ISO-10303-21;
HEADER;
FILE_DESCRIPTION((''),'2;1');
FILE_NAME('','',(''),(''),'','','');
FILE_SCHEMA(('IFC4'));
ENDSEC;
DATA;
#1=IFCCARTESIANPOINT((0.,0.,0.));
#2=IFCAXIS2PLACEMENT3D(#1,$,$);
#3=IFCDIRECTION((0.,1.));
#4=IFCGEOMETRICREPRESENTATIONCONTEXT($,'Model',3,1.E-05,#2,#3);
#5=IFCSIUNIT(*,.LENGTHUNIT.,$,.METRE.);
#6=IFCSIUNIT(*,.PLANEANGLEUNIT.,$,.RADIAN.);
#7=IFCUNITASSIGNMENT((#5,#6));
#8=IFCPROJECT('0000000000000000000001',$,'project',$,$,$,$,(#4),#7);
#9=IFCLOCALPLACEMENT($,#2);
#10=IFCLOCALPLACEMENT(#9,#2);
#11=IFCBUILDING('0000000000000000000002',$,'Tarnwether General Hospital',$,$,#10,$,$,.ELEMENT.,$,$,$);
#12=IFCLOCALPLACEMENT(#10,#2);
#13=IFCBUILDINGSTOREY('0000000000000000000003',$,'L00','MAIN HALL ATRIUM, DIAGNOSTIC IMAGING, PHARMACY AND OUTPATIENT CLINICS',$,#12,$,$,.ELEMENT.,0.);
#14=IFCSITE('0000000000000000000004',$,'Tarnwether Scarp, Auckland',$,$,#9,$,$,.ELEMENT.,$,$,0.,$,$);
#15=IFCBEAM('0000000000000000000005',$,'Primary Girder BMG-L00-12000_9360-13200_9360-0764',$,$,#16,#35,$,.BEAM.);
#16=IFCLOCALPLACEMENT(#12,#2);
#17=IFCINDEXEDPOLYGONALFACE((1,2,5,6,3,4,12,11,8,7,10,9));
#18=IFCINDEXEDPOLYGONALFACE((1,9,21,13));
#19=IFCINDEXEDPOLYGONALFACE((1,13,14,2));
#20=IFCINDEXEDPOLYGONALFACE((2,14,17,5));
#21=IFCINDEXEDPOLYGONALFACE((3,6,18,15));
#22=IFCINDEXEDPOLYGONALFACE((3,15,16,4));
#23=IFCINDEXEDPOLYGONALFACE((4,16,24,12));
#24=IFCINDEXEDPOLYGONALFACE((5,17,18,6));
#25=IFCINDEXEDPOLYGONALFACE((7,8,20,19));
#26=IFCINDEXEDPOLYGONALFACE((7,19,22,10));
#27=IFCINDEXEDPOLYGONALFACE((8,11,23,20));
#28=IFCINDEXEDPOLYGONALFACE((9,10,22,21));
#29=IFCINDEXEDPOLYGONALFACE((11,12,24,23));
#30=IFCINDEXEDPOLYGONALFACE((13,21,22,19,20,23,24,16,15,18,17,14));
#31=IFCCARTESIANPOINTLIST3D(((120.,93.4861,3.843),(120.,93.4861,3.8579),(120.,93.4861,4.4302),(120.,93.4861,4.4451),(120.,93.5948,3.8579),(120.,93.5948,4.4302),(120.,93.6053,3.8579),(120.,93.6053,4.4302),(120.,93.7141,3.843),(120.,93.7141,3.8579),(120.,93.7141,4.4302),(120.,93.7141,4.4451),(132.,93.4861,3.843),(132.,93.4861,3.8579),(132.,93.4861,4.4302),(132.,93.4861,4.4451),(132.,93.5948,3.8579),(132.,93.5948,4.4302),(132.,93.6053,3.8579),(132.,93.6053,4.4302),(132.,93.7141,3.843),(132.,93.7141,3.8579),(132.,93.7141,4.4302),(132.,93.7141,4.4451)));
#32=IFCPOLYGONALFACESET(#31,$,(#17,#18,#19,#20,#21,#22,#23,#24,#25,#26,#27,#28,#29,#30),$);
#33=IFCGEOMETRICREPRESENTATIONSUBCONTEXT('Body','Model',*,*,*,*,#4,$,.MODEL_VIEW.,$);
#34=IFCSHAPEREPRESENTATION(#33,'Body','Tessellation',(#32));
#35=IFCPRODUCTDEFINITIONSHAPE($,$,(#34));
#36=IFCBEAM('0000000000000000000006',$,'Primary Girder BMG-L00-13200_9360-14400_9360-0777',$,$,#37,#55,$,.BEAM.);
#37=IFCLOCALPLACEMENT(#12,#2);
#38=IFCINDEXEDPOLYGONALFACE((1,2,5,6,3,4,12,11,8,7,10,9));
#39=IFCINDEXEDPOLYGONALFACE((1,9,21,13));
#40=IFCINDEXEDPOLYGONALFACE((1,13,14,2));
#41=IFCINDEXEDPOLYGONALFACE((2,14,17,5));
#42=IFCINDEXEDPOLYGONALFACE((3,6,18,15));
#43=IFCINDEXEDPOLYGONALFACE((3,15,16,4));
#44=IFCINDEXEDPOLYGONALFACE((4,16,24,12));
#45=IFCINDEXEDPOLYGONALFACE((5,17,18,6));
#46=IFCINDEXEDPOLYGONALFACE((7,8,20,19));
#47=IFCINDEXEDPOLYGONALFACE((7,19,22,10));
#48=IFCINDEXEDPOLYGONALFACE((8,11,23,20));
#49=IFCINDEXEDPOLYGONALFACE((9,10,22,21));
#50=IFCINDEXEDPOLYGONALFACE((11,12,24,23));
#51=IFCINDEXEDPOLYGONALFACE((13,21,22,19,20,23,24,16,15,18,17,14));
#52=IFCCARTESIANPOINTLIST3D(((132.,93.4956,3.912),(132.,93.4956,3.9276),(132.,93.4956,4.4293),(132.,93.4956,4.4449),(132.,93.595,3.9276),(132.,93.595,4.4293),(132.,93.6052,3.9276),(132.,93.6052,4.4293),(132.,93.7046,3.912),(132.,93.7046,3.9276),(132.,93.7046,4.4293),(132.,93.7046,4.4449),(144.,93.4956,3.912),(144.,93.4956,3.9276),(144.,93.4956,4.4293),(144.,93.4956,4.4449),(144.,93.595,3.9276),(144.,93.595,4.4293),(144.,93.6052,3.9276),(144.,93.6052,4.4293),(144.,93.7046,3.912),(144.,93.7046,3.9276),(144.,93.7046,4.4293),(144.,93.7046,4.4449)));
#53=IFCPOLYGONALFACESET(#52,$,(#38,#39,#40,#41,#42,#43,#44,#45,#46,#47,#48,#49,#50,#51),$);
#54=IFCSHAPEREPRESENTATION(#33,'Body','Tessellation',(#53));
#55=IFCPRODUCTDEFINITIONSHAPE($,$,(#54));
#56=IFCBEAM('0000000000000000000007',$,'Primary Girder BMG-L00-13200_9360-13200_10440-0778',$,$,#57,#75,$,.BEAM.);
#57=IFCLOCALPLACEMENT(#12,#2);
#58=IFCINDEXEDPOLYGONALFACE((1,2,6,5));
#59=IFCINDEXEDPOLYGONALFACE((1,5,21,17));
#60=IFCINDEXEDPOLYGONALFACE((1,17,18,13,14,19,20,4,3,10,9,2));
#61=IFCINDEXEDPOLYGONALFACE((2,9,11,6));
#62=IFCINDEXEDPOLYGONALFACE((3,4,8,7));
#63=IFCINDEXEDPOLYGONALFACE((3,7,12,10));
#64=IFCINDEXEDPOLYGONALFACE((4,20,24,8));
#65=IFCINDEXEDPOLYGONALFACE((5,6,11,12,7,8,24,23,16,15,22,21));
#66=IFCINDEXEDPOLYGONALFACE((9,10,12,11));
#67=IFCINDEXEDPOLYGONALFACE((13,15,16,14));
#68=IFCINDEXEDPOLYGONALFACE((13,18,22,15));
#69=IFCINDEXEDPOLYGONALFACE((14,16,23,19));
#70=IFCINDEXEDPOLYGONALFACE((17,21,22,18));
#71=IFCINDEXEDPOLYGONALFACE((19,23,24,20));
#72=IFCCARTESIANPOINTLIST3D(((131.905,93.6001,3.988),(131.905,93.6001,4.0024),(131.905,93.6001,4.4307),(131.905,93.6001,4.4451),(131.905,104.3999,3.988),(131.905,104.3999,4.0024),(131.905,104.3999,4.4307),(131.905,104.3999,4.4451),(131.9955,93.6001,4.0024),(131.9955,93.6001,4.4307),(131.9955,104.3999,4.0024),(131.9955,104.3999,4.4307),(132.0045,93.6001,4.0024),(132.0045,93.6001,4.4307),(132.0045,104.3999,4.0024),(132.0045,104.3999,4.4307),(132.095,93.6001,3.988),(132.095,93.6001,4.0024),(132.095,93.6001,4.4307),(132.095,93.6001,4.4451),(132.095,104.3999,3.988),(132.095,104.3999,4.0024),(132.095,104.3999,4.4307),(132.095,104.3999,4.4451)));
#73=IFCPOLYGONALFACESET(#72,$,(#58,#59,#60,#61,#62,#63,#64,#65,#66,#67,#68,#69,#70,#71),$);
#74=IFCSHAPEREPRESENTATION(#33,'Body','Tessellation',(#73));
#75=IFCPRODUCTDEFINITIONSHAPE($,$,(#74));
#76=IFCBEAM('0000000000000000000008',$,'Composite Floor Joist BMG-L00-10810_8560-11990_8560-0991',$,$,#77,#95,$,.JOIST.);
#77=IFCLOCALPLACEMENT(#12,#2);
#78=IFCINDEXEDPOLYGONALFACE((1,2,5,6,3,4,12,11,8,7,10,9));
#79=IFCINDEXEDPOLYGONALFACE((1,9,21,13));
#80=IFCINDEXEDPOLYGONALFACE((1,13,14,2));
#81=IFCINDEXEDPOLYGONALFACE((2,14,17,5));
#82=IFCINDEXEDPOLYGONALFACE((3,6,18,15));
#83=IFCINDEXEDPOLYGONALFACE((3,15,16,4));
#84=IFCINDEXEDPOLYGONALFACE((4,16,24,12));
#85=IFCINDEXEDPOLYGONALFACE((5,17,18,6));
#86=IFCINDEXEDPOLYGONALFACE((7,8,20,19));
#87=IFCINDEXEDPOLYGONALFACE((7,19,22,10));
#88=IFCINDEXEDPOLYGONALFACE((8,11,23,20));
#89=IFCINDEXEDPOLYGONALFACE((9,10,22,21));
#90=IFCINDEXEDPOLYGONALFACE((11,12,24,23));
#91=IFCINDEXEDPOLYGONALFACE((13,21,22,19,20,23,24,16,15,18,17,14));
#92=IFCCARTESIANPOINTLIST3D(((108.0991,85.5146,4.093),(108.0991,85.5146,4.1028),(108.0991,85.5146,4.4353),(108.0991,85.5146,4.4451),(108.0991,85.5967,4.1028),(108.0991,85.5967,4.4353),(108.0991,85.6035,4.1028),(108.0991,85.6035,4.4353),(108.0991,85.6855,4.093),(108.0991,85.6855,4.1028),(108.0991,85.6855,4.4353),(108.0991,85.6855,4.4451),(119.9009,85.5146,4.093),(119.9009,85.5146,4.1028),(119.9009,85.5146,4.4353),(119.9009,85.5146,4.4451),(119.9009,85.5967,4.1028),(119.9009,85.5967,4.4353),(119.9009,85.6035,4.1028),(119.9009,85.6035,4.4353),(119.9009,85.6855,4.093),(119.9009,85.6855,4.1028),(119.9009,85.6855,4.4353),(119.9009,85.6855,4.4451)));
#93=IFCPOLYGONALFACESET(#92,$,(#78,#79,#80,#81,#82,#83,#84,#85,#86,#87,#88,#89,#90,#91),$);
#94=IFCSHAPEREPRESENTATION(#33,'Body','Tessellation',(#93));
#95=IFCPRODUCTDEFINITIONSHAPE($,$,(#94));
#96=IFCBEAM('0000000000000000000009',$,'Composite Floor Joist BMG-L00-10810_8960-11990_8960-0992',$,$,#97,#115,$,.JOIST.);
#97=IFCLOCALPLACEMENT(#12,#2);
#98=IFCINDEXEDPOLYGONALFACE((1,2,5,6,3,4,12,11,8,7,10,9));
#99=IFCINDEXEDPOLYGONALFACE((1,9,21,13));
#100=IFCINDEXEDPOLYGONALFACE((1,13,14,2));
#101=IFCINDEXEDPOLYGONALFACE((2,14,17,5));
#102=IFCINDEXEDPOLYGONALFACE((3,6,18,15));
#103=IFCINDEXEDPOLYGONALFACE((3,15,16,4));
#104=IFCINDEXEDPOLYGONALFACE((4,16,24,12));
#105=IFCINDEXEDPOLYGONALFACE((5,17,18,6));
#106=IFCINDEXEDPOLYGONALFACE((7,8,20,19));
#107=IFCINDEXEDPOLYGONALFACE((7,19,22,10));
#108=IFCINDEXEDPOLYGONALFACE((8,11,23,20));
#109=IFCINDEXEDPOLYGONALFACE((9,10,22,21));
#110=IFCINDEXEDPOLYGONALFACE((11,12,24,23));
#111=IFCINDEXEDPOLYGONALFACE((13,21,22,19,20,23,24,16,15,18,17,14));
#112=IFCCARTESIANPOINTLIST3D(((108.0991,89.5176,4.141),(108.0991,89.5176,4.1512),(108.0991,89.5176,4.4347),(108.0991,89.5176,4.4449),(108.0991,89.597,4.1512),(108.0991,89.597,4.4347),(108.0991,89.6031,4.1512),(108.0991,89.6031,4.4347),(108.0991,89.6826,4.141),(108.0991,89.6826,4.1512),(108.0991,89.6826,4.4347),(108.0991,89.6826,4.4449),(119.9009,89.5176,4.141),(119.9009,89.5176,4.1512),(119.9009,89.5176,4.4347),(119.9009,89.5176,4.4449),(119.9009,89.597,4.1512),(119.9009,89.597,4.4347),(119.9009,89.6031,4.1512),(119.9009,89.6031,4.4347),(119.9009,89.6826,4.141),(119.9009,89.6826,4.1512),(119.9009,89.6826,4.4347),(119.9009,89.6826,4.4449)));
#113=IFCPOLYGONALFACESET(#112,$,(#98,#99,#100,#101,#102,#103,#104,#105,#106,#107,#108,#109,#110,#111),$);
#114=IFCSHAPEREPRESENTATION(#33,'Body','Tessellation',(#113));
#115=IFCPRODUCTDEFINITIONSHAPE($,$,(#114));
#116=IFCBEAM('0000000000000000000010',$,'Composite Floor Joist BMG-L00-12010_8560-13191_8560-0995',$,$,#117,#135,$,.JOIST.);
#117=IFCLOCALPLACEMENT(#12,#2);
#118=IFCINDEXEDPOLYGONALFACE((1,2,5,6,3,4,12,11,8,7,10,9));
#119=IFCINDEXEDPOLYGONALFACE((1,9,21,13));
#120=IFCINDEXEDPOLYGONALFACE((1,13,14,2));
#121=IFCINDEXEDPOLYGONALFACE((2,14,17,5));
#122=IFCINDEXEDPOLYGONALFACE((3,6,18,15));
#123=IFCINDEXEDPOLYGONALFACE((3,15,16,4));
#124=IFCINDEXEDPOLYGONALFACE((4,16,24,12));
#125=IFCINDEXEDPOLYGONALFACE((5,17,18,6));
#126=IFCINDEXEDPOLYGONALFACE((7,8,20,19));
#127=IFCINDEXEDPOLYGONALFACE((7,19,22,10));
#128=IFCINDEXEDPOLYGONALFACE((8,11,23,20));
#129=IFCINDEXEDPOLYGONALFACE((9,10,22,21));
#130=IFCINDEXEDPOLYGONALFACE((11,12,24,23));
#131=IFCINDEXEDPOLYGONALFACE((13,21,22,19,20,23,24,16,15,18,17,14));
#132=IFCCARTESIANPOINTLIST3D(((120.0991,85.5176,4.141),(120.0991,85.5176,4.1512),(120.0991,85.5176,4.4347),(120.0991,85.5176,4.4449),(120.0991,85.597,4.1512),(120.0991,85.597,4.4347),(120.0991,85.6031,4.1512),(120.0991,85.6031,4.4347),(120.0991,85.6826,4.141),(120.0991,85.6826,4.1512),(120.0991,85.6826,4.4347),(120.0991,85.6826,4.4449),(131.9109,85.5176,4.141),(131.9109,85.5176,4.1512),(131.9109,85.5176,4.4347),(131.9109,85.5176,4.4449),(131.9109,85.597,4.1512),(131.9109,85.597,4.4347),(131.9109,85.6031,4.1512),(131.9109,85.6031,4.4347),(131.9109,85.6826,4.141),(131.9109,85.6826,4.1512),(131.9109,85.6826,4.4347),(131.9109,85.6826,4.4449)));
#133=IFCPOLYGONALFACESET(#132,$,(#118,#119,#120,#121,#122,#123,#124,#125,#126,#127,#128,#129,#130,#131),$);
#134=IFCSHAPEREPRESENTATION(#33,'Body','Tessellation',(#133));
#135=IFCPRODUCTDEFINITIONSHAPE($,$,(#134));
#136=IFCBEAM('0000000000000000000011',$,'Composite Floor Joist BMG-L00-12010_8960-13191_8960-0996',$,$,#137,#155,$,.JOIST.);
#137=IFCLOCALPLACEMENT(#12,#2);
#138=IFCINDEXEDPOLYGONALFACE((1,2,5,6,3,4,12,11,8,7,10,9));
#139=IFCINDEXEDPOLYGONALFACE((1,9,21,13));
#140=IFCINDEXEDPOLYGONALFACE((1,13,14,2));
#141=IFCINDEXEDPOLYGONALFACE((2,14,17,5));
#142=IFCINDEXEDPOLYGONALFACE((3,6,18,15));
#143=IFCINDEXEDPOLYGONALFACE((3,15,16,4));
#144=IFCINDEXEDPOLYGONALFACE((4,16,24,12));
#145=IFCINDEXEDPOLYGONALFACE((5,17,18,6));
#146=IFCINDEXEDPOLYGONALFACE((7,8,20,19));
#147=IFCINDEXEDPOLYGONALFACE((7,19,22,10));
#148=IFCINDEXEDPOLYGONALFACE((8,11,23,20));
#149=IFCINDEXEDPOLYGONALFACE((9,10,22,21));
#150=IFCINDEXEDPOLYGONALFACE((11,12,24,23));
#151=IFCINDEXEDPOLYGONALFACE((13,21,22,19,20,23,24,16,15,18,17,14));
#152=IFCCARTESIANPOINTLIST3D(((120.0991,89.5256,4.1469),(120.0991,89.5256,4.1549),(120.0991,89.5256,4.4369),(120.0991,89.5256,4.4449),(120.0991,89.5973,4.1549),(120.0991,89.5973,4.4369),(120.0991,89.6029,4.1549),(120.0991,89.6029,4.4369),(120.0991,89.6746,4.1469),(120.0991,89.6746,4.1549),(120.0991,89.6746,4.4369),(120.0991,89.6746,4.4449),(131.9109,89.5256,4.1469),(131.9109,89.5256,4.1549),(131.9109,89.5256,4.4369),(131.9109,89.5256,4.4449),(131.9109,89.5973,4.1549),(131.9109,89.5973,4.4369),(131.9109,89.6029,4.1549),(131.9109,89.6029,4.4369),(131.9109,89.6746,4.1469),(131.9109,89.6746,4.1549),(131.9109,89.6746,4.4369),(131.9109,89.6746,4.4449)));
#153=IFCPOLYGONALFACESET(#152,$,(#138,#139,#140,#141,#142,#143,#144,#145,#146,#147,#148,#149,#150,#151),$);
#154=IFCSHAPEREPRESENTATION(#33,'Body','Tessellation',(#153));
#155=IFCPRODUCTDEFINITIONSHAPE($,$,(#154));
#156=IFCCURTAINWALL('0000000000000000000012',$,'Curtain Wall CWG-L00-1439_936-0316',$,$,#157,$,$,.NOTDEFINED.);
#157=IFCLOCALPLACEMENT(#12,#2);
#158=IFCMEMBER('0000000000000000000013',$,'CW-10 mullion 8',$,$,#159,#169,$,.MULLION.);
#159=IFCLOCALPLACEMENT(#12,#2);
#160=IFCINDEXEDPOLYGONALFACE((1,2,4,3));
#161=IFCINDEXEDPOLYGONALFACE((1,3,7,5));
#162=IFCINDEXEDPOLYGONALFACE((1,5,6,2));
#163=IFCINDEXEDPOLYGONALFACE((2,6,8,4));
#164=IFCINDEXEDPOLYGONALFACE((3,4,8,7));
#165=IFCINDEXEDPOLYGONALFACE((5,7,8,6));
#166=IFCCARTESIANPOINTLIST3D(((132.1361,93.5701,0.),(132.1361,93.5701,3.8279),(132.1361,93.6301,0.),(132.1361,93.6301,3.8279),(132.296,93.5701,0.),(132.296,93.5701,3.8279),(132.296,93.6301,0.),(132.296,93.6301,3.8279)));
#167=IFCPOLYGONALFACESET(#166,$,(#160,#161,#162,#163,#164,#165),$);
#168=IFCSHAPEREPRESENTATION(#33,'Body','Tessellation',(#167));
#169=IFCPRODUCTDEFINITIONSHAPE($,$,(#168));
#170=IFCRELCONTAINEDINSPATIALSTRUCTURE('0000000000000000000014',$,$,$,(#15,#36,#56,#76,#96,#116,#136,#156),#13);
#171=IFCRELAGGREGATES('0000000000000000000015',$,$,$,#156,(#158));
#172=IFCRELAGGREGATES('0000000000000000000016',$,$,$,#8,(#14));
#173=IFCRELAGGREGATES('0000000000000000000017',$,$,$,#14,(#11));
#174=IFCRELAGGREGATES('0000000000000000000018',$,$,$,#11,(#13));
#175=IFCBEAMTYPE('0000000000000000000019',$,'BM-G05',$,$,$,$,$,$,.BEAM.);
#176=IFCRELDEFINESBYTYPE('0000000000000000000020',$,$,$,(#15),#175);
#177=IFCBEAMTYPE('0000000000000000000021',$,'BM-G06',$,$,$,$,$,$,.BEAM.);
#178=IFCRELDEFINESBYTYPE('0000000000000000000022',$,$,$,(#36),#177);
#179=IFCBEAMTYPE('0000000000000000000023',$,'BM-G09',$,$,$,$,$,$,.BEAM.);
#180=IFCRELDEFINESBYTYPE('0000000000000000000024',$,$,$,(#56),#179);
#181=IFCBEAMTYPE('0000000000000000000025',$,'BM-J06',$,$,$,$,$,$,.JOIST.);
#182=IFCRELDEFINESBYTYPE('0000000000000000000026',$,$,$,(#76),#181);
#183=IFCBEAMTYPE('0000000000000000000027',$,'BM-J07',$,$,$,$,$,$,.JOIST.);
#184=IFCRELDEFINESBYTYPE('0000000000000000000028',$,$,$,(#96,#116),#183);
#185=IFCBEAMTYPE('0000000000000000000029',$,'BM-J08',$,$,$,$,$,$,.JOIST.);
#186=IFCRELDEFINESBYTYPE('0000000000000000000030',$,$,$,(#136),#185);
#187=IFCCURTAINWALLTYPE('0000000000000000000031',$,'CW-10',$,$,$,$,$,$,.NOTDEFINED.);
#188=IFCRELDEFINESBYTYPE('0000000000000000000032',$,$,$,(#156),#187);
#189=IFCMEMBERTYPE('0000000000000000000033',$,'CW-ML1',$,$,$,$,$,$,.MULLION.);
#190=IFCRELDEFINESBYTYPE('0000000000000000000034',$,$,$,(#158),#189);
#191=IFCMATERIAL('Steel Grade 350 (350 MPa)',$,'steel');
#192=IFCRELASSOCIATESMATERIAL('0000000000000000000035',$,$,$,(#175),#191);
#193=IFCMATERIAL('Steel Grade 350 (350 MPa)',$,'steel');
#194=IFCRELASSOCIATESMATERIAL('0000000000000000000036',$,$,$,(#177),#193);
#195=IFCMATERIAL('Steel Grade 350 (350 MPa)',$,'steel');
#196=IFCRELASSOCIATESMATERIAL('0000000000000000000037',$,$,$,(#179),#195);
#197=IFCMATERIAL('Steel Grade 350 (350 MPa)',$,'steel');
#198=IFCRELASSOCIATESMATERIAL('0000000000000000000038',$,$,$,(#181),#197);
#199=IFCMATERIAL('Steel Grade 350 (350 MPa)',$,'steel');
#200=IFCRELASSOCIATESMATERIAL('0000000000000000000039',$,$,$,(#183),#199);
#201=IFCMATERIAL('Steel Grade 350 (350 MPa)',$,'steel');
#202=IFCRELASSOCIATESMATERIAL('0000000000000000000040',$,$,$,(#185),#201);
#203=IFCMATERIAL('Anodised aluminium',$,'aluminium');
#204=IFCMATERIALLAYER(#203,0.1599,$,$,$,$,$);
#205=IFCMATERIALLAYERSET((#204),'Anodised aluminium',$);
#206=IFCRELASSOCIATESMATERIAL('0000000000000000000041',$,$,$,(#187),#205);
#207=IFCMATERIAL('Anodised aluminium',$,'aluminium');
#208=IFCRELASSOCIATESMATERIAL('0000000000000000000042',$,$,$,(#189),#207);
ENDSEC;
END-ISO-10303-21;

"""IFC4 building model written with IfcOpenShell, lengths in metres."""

from ifc_helpers import new_model, si_unit, direction, frame, origin, origin_2d, place, context, subcontext, project, spatial, rectangle, i_section, extrude, material, layer, layer_set, material_profile, profile_set, type_object, element, aggregate, save


model = new_model("IFC4")

# Units and contexts
model_context = context("Model", 3, precision=1e-05, world=origin(), true_north=direction((0.0, 1.0)))
body_context = subcontext(model_context, "Body", "Model", "MODEL_VIEW")
ifc_project = project(units=[si_unit("LENGTHUNIT", "METRE"), si_unit("PLANEANGLEUNIT", "RADIAN")], contexts=[model_context])

# Site, building, storey
site_placement = place(None, origin())
site = spatial("IfcSite", under=ifc_project, at=site_placement, Name="Tarnwether Scarp, Auckland", CompositionType="ELEMENT", RefElevation=0.0)
building_placement = place(site_placement, origin())
building = spatial("IfcBuilding", under=site, at=building_placement, Name="Tarnwether General Hospital", CompositionType="ELEMENT")
storey_placement = place(building_placement, origin())
storey = spatial("IfcBuildingStorey", under=building, at=storey_placement, Name="L00", Description="MAIN HALL ATRIUM, DIAGNOSTIC IMAGING, PHARMACY AND OUTPATIENT CLINICS", CompositionType="ELEMENT", Elevation=0.0)

# Beams
ifc_material_1 = material(Name="Steel Grade 350 (350 MPa)", Category="steel")
ifc_material_profile_1 = material_profile(ifc_material_1, i_section(OverallWidth=0.228, OverallDepth=0.6021, WebThickness=0.0105, FlangeThickness=0.0149, at=origin_2d()), Name="610UB101")
ifc_profile_set_1 = profile_set([ifc_material_profile_1], Name="Steel Grade 350 (350 MPa)")
beam_type_1 = type_object("IfcBeamType", Name="BM-G05", PredefinedType="BEAM", material=ifc_profile_set_1)
beam_1_placement = place(storey_placement, frame((120.0, 93.6001, 4.144), z_axis=(1.0, 0.0, 0.0), x_axis=(0.0, 1.0, 0.0)))
element("IfcBeam", 1, at=beam_1_placement, inside=storey, type_object=beam_type_1, Name="Primary Girder BMG-L00-12000_9360-13200_9360-0764", PredefinedType="BEAM", context=body_context, shape_type="SweptSolid", body=[
    extrude(i_section(OverallWidth=0.228, OverallDepth=0.6021, WebThickness=0.0105, FlangeThickness=0.0149, at=origin_2d()), origin(), (0.0, 0.0, 1.0), 12.0),
])
ifc_material_2 = material(Name="Steel Grade 350 (350 MPa)", Category="steel")
ifc_material_profile_2 = material_profile(ifc_material_2, i_section(OverallWidth=0.209, OverallDepth=0.533, WebThickness=0.0103, FlangeThickness=0.0156, at=origin_2d()), Name="530UB92.4")
ifc_profile_set_2 = profile_set([ifc_material_profile_2], Name="Steel Grade 350 (350 MPa)")
beam_type_2 = type_object("IfcBeamType", Name="BM-G06", PredefinedType="BEAM", material=ifc_profile_set_2)
beam_2_placement = place(storey_placement, frame((132.0, 93.6001, 4.1785), z_axis=(1.0, 0.0, 0.0), x_axis=(0.0, 1.0, 0.0)))
element("IfcBeam", 2, at=beam_2_placement, inside=storey, type_object=beam_type_2, Name="Primary Girder BMG-L00-13200_9360-14400_9360-0777", PredefinedType="BEAM", context=body_context, shape_type="SweptSolid", body=[
    extrude(i_section(OverallWidth=0.209, OverallDepth=0.533, WebThickness=0.0103, FlangeThickness=0.0156, at=origin_2d()), origin(), (0.0, 0.0, 1.0), 12.0),
])
ifc_material_3 = material(Name="Steel Grade 350 (350 MPa)", Category="steel")
ifc_material_profile_3 = material_profile(ifc_material_3, i_section(OverallWidth=0.1899, OverallDepth=0.457, WebThickness=0.009, FlangeThickness=0.0144, at=origin_2d()), Name="460UB74.6")
ifc_profile_set_3 = profile_set([ifc_material_profile_3], Name="Steel Grade 350 (350 MPa)")
beam_type_3 = type_object("IfcBeamType", Name="BM-G09", PredefinedType="BEAM", material=ifc_profile_set_3)
beam_3_placement = place(storey_placement, frame((132.0, 93.6001, 4.2166), z_axis=(0.0, 1.0, 0.0), x_axis=(-1.0, 0.0, 0.0)))
element("IfcBeam", 3, at=beam_3_placement, inside=storey, type_object=beam_type_3, Name="Primary Girder BMG-L00-13200_9360-13200_10440-0778", PredefinedType="BEAM", context=body_context, shape_type="SweptSolid", body=[
    extrude(i_section(OverallWidth=0.1899, OverallDepth=0.457, WebThickness=0.009, FlangeThickness=0.0144, at=origin_2d()), origin(), (0.0, 0.0, 1.0), 10.7998),
])
ifc_material_4 = material(Name="Steel Grade 350 (350 MPa)", Category="steel")
ifc_material_profile_4 = material_profile(ifc_material_4, i_section(OverallWidth=0.1709, OverallDepth=0.3521, WebThickness=0.0068, FlangeThickness=0.0098, at=origin_2d()), Name="360UB44.7")
ifc_profile_set_4 = profile_set([ifc_material_profile_4], Name="Steel Grade 350 (350 MPa)")
beam_type_4 = type_object("IfcBeamType", Name="BM-J06", PredefinedType="JOIST", material=ifc_profile_set_4)
beam_4_placement = place(storey_placement, frame((108.0991, 85.6001, 4.269), z_axis=(1.0, 0.0, 0.0), x_axis=(0.0, 1.0, 0.0)))
element("IfcBeam", 4, at=beam_4_placement, inside=storey, type_object=beam_type_4, Name="Composite Floor Joist BMG-L00-10810_8560-11990_8560-0991", PredefinedType="JOIST", context=body_context, shape_type="SweptSolid", body=[
    extrude(i_section(OverallWidth=0.1709, OverallDepth=0.3521, WebThickness=0.0068, FlangeThickness=0.0098, at=origin_2d()), origin(), (0.0, 0.0, 1.0), 11.8018),
])
ifc_material_5 = material(Name="Steel Grade 350 (350 MPa)", Category="steel")
ifc_material_profile_5 = material_profile(ifc_material_5, i_section(OverallWidth=0.165, OverallDepth=0.304, WebThickness=0.0061, FlangeThickness=0.0103, at=origin_2d()), Name="310UB40.4")
ifc_profile_set_5 = profile_set([ifc_material_profile_5], Name="Steel Grade 350 (350 MPa)")
beam_type_5 = type_object("IfcBeamType", Name="BM-J07", PredefinedType="JOIST", material=ifc_profile_set_5)
beam_5_placement = place(storey_placement, frame((108.0991, 89.6001, 4.293), z_axis=(1.0, 0.0, 0.0), x_axis=(0.0, 1.0, 0.0)))
element("IfcBeam", 5, at=beam_5_placement, inside=storey, type_object=beam_type_5, Name="Composite Floor Joist BMG-L00-10810_8960-11990_8960-0992", PredefinedType="JOIST", context=body_context, shape_type="SweptSolid", body=[
    extrude(i_section(OverallWidth=0.165, OverallDepth=0.304, WebThickness=0.0061, FlangeThickness=0.0103, at=origin_2d()), origin(), (0.0, 0.0, 1.0), 11.8018),
])
beam_6_placement = place(storey_placement, frame((120.0991, 85.6001, 4.293), z_axis=(1.0, 0.0, 0.0), x_axis=(0.0, 1.0, 0.0)))
element("IfcBeam", 6, at=beam_6_placement, inside=storey, type_object=beam_type_5, Name="Composite Floor Joist BMG-L00-12010_8560-13191_8560-0995", PredefinedType="JOIST", context=body_context, shape_type="SweptSolid", body=[
    extrude(i_section(OverallWidth=0.165, OverallDepth=0.304, WebThickness=0.0061, FlangeThickness=0.0103, at=origin_2d()), origin(), (0.0, 0.0, 1.0), 11.8118),
])
ifc_material_6 = material(Name="Steel Grade 350 (350 MPa)", Category="steel")
ifc_material_profile_6 = material_profile(ifc_material_6, i_section(OverallWidth=0.1489, OverallDepth=0.2981, WebThickness=0.0056, FlangeThickness=0.0081, at=origin_2d()), Name="310UB32.0")
ifc_profile_set_6 = profile_set([ifc_material_profile_6], Name="Steel Grade 350 (350 MPa)")
beam_type_6 = type_object("IfcBeamType", Name="BM-J08", PredefinedType="JOIST", material=ifc_profile_set_6)
beam_7_placement = place(storey_placement, frame((120.0991, 89.6001, 4.2959), z_axis=(1.0, 0.0, 0.0), x_axis=(0.0, 1.0, 0.0)))
element("IfcBeam", 7, at=beam_7_placement, inside=storey, type_object=beam_type_6, Name="Composite Floor Joist BMG-L00-12010_8960-13191_8960-0996", PredefinedType="JOIST", context=body_context, shape_type="SweptSolid", body=[
    extrude(i_section(OverallWidth=0.1489, OverallDepth=0.2981, WebThickness=0.0056, FlangeThickness=0.0081, at=origin_2d()), origin(), (0.0, 0.0, 1.0), 11.8118),
])

# Curtain wall, member
ifc_material_7 = material(Name="Anodised aluminium", Category="aluminium")
ifc_layer_1 = layer(ifc_material_7, 0.1599)
ifc_layer_set_1 = layer_set([ifc_layer_1], Name="Anodised aluminium")
curtain_wall_type = type_object("IfcCurtainWallType", Name="CW-10", PredefinedType="NOTDEFINED", material=ifc_layer_set_1)
curtain_wall_placement = place(storey_placement, origin())
curtain_wall = element("IfcCurtainWall", 8, at=curtain_wall_placement, inside=storey, type_object=curtain_wall_type, Name="Curtain Wall CWG-L00-1439_936-0316", PredefinedType="NOTDEFINED")
ifc_material_8 = material(Name="Anodised aluminium", Category="aluminium")
ifc_material_profile_7 = material_profile(ifc_material_8, rectangle(XDim=0.0601, YDim=0.1599, at=origin_2d()), Name="ALU-MUL-60x160")
ifc_profile_set_7 = profile_set([ifc_material_profile_7], Name="Anodised aluminium")
member_type = type_object("IfcMemberType", Name="CW-ML1", PredefinedType="MULLION", material=ifc_profile_set_7)
member_placement = place(storey_placement, frame((132.2161, 93.6001, 0.0), z_axis=(0.0, 0.0, 1.0), x_axis=(0.0, -1.0, 0.0)))
member = element("IfcMember", 9, at=member_placement, type_object=member_type, Name="CW-10 mullion 8", PredefinedType="MULLION", context=body_context, shape_type="SweptSolid", body=[
    extrude(rectangle(XDim=0.0601, YDim=0.1599, at=origin_2d()), origin(), (0.0, 0.0, 1.0), 3.8279),
])
aggregate(curtain_wall, [member])

save(model, "model.ifc")
